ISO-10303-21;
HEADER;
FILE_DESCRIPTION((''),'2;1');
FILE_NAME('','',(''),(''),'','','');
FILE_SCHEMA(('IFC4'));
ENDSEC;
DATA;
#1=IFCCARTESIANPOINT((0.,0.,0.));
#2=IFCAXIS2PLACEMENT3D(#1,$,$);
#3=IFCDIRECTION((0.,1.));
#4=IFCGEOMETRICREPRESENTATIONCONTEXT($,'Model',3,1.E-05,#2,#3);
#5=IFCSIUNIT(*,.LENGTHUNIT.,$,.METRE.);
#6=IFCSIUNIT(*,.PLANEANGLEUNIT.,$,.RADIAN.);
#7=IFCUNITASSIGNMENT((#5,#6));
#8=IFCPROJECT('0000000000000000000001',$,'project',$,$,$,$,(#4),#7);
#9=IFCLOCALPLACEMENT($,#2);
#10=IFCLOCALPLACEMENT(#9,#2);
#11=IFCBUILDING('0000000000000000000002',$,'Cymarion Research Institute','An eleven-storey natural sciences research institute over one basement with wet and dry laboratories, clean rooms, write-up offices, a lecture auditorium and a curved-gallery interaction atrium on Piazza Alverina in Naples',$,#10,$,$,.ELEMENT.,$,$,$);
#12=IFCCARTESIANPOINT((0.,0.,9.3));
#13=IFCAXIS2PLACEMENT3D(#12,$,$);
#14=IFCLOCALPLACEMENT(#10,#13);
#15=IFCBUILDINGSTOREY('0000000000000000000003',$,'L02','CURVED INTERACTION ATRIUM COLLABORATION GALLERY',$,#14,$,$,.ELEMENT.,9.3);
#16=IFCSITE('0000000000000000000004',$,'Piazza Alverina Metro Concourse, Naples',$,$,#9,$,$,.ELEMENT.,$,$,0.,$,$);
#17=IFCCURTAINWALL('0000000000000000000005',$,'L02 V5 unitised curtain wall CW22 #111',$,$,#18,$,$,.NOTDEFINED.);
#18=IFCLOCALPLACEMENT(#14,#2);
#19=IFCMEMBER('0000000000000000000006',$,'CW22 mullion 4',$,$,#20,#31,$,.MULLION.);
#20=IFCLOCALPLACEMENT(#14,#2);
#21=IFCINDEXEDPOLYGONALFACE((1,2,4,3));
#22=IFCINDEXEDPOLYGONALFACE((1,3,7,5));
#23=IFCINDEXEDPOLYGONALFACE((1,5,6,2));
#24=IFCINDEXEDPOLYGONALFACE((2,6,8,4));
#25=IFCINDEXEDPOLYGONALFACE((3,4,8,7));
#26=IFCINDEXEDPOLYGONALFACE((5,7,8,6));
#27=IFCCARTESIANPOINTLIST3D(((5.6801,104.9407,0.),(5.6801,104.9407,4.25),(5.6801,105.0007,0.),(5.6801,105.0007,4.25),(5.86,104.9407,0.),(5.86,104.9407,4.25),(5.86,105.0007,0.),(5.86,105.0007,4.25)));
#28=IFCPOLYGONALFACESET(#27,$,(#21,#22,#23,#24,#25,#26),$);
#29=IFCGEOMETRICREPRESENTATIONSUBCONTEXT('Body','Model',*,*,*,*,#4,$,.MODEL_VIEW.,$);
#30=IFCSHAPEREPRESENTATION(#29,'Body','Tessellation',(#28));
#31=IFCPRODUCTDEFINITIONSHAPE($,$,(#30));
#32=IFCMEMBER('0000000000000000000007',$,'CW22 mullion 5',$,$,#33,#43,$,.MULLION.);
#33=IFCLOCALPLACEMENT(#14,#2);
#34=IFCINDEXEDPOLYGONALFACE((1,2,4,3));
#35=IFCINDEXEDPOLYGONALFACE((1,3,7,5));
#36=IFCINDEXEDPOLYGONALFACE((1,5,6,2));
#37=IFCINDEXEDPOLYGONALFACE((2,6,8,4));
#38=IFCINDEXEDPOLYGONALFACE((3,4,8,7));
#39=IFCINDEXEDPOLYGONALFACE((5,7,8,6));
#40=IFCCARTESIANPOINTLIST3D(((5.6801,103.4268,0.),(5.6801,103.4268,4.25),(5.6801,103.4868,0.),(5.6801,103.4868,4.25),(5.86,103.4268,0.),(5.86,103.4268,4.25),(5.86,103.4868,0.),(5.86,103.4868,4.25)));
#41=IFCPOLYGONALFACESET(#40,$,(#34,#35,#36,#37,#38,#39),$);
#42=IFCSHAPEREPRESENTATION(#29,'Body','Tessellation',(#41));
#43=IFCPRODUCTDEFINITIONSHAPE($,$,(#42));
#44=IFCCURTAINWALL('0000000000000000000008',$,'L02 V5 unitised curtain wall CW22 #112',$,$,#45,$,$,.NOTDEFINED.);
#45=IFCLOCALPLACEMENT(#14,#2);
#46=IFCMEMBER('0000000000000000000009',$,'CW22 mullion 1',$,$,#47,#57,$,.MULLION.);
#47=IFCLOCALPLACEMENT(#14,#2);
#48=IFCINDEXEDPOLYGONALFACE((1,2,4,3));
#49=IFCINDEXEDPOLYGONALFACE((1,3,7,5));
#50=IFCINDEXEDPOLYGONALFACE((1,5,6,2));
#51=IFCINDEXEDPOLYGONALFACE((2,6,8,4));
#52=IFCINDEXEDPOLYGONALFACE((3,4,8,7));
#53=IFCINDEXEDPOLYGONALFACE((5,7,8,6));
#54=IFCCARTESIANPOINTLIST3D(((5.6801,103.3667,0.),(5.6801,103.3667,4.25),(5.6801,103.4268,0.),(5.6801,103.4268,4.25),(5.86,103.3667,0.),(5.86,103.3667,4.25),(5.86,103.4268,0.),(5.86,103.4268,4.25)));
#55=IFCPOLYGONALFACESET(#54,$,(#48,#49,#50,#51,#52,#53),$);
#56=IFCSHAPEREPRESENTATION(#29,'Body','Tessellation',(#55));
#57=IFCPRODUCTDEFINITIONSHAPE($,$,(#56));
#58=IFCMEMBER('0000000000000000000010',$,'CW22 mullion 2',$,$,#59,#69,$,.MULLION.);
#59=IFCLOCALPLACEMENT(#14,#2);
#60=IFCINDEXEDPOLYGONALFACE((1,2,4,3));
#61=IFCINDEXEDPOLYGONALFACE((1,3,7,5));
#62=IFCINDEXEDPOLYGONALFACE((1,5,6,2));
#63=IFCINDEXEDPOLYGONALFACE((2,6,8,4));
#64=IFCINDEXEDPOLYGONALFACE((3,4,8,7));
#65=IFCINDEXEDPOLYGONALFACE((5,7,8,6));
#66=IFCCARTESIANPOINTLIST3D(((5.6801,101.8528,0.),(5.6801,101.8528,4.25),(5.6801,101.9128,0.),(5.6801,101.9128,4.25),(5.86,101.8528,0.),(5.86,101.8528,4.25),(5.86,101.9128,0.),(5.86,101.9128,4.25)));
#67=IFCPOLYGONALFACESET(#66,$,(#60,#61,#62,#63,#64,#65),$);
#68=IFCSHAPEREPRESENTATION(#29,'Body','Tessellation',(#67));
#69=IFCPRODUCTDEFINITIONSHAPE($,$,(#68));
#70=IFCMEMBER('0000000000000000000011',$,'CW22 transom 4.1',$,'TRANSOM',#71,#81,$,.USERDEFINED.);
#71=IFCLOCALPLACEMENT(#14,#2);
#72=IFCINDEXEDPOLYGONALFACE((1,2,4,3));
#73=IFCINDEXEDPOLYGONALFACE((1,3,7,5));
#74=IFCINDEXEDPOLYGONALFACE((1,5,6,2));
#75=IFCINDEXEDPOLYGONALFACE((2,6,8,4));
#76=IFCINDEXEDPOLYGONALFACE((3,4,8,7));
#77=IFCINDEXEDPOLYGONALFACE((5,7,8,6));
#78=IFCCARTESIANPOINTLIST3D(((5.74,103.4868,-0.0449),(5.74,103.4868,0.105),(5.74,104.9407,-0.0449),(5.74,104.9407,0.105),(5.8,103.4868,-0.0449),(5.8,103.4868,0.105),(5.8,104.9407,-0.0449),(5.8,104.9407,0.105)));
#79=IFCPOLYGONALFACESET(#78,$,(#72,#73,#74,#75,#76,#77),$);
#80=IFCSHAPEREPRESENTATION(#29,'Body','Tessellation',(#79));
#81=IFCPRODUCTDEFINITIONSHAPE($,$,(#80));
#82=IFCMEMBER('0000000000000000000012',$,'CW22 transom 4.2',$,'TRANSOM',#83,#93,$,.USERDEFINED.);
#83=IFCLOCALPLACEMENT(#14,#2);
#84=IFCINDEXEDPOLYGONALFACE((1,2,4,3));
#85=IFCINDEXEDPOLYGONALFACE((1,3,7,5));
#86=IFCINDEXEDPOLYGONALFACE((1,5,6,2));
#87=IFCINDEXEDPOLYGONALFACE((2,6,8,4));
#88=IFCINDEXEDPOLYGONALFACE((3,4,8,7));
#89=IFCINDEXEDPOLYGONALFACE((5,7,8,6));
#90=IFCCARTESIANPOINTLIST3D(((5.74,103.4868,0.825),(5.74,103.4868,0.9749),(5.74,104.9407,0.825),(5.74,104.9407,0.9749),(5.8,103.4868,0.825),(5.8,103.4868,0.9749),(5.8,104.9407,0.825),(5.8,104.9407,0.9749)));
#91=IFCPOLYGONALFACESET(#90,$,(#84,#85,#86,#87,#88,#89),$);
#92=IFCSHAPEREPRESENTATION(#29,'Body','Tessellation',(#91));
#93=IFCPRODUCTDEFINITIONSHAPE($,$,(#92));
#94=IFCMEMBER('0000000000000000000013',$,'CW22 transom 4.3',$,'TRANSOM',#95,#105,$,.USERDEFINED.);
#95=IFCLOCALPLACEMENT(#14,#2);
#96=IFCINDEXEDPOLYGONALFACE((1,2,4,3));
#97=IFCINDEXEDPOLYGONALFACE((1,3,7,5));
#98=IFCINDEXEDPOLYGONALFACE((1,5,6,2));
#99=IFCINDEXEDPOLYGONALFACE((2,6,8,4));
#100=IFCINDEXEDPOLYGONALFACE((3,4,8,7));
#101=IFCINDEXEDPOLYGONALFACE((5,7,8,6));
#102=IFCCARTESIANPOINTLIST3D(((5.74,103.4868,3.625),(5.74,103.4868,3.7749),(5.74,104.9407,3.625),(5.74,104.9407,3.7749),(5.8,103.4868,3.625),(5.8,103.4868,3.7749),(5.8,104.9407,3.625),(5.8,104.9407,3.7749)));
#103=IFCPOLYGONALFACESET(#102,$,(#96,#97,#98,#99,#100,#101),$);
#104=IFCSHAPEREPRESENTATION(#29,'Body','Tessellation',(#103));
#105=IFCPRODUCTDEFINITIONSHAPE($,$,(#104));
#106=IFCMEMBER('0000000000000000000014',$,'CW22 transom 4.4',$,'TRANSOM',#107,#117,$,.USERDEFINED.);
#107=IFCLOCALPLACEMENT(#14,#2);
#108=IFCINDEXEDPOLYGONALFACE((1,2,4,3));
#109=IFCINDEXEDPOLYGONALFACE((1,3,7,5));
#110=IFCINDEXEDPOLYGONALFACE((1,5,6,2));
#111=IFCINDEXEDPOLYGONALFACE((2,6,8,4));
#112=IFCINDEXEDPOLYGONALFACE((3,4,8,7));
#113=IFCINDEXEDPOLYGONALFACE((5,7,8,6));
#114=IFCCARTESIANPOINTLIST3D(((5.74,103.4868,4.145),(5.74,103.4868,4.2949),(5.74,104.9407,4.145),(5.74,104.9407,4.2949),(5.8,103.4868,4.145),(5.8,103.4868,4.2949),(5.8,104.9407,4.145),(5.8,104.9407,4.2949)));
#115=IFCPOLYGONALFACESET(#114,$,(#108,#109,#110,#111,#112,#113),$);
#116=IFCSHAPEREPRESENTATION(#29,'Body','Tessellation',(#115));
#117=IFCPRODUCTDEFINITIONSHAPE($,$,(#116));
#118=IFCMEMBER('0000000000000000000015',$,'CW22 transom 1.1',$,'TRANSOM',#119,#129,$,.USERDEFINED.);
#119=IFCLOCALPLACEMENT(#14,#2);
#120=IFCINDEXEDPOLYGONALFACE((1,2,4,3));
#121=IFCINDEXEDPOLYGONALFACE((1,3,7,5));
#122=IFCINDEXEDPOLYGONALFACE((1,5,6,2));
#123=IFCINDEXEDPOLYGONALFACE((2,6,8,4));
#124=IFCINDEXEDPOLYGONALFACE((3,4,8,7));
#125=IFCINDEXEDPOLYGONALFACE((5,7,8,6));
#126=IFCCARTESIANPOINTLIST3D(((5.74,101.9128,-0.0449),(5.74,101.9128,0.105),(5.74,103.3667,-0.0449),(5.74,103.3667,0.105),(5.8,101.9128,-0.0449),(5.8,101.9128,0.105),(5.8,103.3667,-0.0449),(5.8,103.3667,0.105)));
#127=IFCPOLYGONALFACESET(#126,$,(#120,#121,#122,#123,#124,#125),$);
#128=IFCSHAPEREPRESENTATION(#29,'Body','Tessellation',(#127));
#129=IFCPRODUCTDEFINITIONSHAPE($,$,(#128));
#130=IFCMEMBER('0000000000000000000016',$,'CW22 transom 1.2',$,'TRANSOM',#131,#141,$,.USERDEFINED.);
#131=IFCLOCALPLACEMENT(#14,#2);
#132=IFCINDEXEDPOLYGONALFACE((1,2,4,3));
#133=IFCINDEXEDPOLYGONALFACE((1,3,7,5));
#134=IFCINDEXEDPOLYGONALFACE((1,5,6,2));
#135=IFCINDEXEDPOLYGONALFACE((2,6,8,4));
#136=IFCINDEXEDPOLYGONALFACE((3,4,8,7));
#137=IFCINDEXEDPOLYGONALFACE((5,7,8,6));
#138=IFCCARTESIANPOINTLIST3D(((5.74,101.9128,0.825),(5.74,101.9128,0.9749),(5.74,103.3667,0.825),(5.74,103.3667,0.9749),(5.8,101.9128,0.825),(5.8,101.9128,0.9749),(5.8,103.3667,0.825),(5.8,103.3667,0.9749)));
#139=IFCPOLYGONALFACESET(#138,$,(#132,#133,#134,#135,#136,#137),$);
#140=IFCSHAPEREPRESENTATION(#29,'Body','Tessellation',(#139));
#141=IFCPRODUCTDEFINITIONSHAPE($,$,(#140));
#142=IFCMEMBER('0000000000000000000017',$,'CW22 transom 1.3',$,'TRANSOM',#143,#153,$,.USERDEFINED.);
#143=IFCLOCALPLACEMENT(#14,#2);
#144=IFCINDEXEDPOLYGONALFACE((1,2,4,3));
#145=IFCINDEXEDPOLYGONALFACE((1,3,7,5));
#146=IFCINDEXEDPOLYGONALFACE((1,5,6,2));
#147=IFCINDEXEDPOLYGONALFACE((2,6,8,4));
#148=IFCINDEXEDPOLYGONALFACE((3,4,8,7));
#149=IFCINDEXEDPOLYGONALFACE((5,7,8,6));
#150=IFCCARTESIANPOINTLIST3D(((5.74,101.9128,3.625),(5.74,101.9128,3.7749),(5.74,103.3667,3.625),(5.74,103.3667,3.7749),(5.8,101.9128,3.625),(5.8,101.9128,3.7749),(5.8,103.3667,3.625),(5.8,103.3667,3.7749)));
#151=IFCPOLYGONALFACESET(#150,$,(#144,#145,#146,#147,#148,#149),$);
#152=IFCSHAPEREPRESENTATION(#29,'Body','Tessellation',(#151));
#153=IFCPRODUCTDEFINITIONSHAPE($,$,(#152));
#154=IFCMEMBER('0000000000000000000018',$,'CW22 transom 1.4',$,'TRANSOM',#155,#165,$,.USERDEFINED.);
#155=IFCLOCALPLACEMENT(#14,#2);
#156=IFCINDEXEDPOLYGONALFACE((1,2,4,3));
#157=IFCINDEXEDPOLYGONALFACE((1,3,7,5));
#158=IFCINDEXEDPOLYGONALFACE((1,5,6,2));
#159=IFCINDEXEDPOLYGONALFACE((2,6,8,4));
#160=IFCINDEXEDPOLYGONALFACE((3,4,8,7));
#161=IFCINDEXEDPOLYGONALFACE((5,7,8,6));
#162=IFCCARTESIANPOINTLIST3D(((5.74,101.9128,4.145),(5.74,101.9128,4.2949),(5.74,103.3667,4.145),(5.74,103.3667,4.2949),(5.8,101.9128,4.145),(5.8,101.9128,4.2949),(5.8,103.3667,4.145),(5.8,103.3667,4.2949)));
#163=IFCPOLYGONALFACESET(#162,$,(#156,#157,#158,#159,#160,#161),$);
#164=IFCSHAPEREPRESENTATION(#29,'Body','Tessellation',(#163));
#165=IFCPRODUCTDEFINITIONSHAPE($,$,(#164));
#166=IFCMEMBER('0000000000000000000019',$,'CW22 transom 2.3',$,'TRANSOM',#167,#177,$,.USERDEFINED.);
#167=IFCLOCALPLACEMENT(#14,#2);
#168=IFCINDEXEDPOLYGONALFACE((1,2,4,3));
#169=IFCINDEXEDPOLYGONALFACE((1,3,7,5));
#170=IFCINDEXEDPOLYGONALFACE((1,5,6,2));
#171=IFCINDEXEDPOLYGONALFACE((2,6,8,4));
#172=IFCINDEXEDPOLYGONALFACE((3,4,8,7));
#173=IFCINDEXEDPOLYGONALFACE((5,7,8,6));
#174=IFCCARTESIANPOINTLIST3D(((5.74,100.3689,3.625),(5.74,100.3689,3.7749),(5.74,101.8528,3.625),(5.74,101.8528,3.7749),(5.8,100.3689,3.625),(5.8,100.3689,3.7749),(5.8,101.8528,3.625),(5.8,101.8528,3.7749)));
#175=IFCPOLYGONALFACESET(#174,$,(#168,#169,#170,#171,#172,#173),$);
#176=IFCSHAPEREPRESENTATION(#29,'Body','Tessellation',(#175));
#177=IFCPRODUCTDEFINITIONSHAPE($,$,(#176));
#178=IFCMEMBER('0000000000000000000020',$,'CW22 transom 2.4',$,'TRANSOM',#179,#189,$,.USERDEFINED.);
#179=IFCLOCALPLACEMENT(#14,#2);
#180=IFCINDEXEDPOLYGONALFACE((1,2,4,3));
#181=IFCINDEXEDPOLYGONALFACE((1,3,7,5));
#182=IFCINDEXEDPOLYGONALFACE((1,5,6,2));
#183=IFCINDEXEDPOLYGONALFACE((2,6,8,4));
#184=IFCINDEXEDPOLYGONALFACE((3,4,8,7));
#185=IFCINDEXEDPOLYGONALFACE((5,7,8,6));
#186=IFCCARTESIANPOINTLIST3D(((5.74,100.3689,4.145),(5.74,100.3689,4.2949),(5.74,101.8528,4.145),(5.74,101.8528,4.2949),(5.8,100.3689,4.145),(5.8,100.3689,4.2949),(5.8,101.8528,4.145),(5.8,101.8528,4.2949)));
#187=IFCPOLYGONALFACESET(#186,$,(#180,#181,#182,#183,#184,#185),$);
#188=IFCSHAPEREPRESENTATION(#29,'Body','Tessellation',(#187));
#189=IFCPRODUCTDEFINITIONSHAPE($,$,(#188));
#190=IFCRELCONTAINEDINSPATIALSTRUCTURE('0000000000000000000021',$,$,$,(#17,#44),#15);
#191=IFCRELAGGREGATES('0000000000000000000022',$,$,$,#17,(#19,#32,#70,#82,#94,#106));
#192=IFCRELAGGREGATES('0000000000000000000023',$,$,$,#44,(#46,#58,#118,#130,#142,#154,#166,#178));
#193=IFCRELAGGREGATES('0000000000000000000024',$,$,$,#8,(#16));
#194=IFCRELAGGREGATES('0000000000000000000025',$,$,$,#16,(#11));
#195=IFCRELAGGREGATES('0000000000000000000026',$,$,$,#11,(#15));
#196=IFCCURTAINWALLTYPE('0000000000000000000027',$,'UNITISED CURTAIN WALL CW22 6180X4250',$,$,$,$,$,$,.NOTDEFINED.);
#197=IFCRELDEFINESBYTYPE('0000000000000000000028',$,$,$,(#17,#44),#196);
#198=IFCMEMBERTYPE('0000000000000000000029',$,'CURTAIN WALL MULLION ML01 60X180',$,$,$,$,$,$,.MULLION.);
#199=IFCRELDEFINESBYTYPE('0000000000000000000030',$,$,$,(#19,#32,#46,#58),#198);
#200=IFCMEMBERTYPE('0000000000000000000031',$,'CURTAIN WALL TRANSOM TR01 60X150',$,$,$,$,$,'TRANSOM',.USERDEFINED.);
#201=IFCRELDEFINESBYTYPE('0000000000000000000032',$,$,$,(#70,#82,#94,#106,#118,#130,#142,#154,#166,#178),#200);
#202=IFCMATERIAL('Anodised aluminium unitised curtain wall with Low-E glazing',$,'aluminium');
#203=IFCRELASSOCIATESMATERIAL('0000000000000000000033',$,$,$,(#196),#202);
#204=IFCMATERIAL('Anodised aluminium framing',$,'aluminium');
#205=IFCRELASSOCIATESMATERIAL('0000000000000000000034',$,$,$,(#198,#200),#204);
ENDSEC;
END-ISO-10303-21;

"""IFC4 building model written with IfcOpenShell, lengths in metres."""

from ifc_helpers import new_model, si_unit, direction, frame, origin, origin_2d, place, context, subcontext, project, spatial, rectangle, extrude, material, material_profile, profile_set, type_object, element, aggregate, save


model = new_model("IFC4")

# Units and contexts
model_context = context("Model", 3, precision=1e-05, world=origin(), true_north=direction((0.0, 1.0)))
body_context = subcontext(model_context, "Body", "Model", "MODEL_VIEW")
ifc_project = project(units=[si_unit("LENGTHUNIT", "METRE"), si_unit("PLANEANGLEUNIT", "RADIAN")], contexts=[model_context])

# Site, building, storey
site_placement = place(None, origin())
site = spatial("IfcSite", under=ifc_project, at=site_placement, Name="Piazza Alverina Metro Concourse, Naples", CompositionType="ELEMENT", RefElevation=0.0)
building_placement = place(site_placement, origin())
building = spatial("IfcBuilding", under=site, at=building_placement, Name="Cymarion Research Institute", Description="An eleven-storey natural sciences research institute over one basement with wet and dry laboratories, clean rooms, write-up offices, a lecture auditorium and a curved-gallery interaction atrium on Piazza Alverina in Naples", CompositionType="ELEMENT")
storey_placement = place(building_placement, frame((0.0, 0.0, 9.3)))
storey = spatial("IfcBuildingStorey", under=building, at=storey_placement, Name="L02", Description="CURVED INTERACTION ATRIUM COLLABORATION GALLERY", CompositionType="ELEMENT", Elevation=9.3)

# Curtain walls, members
ifc_material_1 = material(Name="Anodised aluminium unitised curtain wall with Low-E glazing", Category="aluminium")
curtain_wall_type = type_object("IfcCurtainWallType", Name="UNITISED CURTAIN WALL CW22 6180X4250", PredefinedType="NOTDEFINED", material=ifc_material_1)
curtain_wall_1_placement = place(storey_placement, origin())
curtain_wall_1 = element("IfcCurtainWall", 1, at=curtain_wall_1_placement, inside=storey, type_object=curtain_wall_type, Name="L02 V5 unitised curtain wall CW22 #111", PredefinedType="NOTDEFINED")
ifc_material_2 = material(Name="Anodised aluminium framing", Category="aluminium")
ifc_material_profile_1 = material_profile(ifc_material_2, rectangle(XDim=0.0601, YDim=0.1799, at=origin_2d()), Name="ALU MULLION 60x180")
ifc_profile_set_1 = profile_set([ifc_material_profile_1], Name="Anodised aluminium framing")
member_type_1 = type_object("IfcMemberType", Name="CURTAIN WALL MULLION ML01 60X180", PredefinedType="MULLION", material=ifc_profile_set_1)
member_1_placement = place(storey_placement, frame((5.77, 104.9707, 0.0), z_axis=(0.0, 0.0, 1.0), x_axis=(0.0, -1.0, 0.0)))
member_1 = element("IfcMember", 2, at=member_1_placement, type_object=member_type_1, Name="CW22 mullion 4", PredefinedType="MULLION", context=body_context, shape_type="SweptSolid", body=[
    extrude(rectangle(XDim=0.0601, YDim=0.1799, at=origin_2d()), origin(), (0.0, 0.0, 1.0), 4.25),
])
member_2_placement = place(storey_placement, frame((5.77, 103.4568, 0.0), z_axis=(0.0, 0.0, 1.0), x_axis=(0.0, -1.0, 0.0)))
member_2 = element("IfcMember", 3, at=member_2_placement, type_object=member_type_1, Name="CW22 mullion 5", PredefinedType="MULLION", context=body_context, shape_type="SweptSolid", body=[
    extrude(rectangle(XDim=0.0601, YDim=0.1799, at=origin_2d()), origin(), (0.0, 0.0, 1.0), 4.25),
])
curtain_wall_2_placement = place(storey_placement, origin())
curtain_wall_2 = element("IfcCurtainWall", 4, at=curtain_wall_2_placement, inside=storey, type_object=curtain_wall_type, Name="L02 V5 unitised curtain wall CW22 #112", PredefinedType="NOTDEFINED")
member_3_placement = place(storey_placement, frame((5.77, 103.3967, 0.0), z_axis=(0.0, 0.0, 1.0), x_axis=(0.0, -1.0, 0.0)))
member_3 = element("IfcMember", 5, at=member_3_placement, type_object=member_type_1, Name="CW22 mullion 1", PredefinedType="MULLION", context=body_context, shape_type="SweptSolid", body=[
    extrude(rectangle(XDim=0.0601, YDim=0.1799, at=origin_2d()), origin(), (0.0, 0.0, 1.0), 4.25),
])
member_4_placement = place(storey_placement, frame((5.77, 101.8828, 0.0), z_axis=(0.0, 0.0, 1.0), x_axis=(0.0, -1.0, 0.0)))
member_4 = element("IfcMember", 6, at=member_4_placement, type_object=member_type_1, Name="CW22 mullion 2", PredefinedType="MULLION", context=body_context, shape_type="SweptSolid", body=[
    extrude(rectangle(XDim=0.0601, YDim=0.1799, at=origin_2d()), origin(), (0.0, 0.0, 1.0), 4.25),
])

# Members
ifc_material_profile_2 = material_profile(ifc_material_2, rectangle(XDim=0.0601, YDim=0.1499, at=origin_2d()), Name="ALU TRANSOM 60x150")
ifc_profile_set_2 = profile_set([ifc_material_profile_2], Name="Anodised aluminium framing")
member_type_2 = type_object("IfcMemberType", Name="CURTAIN WALL TRANSOM TR01 60X150", ElementType="TRANSOM", PredefinedType="USERDEFINED", material=ifc_profile_set_2)
member_5_placement = place(storey_placement, frame((5.77, 104.9407, 0.03), z_axis=(0.0, -1.0, 0.0), x_axis=(1.0, 0.0, 0.0)))
member_5 = element("IfcMember", 7, at=member_5_placement, type_object=member_type_2, Name="CW22 transom 4.1", ObjectType="TRANSOM", PredefinedType="USERDEFINED", context=body_context, shape_type="SweptSolid", body=[
    extrude(rectangle(XDim=0.0601, YDim=0.1499, at=origin_2d()), origin(), (0.0, 0.0, 1.0), 1.4539),
])
member_6_placement = place(storey_placement, frame((5.77, 104.9407, 0.8999), z_axis=(0.0, -1.0, 0.0), x_axis=(1.0, 0.0, 0.0)))
member_6 = element("IfcMember", 8, at=member_6_placement, type_object=member_type_2, Name="CW22 transom 4.2", ObjectType="TRANSOM", PredefinedType="USERDEFINED", context=body_context, shape_type="SweptSolid", body=[
    extrude(rectangle(XDim=0.0601, YDim=0.1499, at=origin_2d()), origin(), (0.0, 0.0, 1.0), 1.4539),
])
member_7_placement = place(storey_placement, frame((5.77, 104.9407, 3.7), z_axis=(0.0, -1.0, 0.0), x_axis=(1.0, 0.0, 0.0)))
member_7 = element("IfcMember", 9, at=member_7_placement, type_object=member_type_2, Name="CW22 transom 4.3", ObjectType="TRANSOM", PredefinedType="USERDEFINED", context=body_context, shape_type="SweptSolid", body=[
    extrude(rectangle(XDim=0.0601, YDim=0.1499, at=origin_2d()), origin(), (0.0, 0.0, 1.0), 1.4539),
])
member_8_placement = place(storey_placement, frame((5.77, 104.9407, 4.22), z_axis=(0.0, -1.0, 0.0), x_axis=(1.0, 0.0, 0.0)))
member_8 = element("IfcMember", 10, at=member_8_placement, type_object=member_type_2, Name="CW22 transom 4.4", ObjectType="TRANSOM", PredefinedType="USERDEFINED", context=body_context, shape_type="SweptSolid", body=[
    extrude(rectangle(XDim=0.0601, YDim=0.1499, at=origin_2d()), origin(), (0.0, 0.0, 1.0), 1.4539),
])
member_9_placement = place(storey_placement, frame((5.77, 103.3667, 0.03), z_axis=(0.0, -1.0, 0.0), x_axis=(1.0, 0.0, 0.0)))
member_9 = element("IfcMember", 11, at=member_9_placement, type_object=member_type_2, Name="CW22 transom 1.1", ObjectType="TRANSOM", PredefinedType="USERDEFINED", context=body_context, shape_type="SweptSolid", body=[
    extrude(rectangle(XDim=0.0601, YDim=0.1499, at=origin_2d()), origin(), (0.0, 0.0, 1.0), 1.4539),
])
member_10_placement = place(storey_placement, frame((5.77, 103.3667, 0.8999), z_axis=(0.0, -1.0, 0.0), x_axis=(1.0, 0.0, 0.0)))
member_10 = element("IfcMember", 12, at=member_10_placement, type_object=member_type_2, Name="CW22 transom 1.2", ObjectType="TRANSOM", PredefinedType="USERDEFINED", context=body_context, shape_type="SweptSolid", body=[
    extrude(rectangle(XDim=0.0601, YDim=0.1499, at=origin_2d()), origin(), (0.0, 0.0, 1.0), 1.4539),
])
member_11_placement = place(storey_placement, frame((5.77, 103.3667, 3.7), z_axis=(0.0, -1.0, 0.0), x_axis=(1.0, 0.0, 0.0)))
member_11 = element("IfcMember", 13, at=member_11_placement, type_object=member_type_2, Name="CW22 transom 1.3", ObjectType="TRANSOM", PredefinedType="USERDEFINED", context=body_context, shape_type="SweptSolid", body=[
    extrude(rectangle(XDim=0.0601, YDim=0.1499, at=origin_2d()), origin(), (0.0, 0.0, 1.0), 1.4539),
])
member_12_placement = place(storey_placement, frame((5.77, 103.3667, 4.22), z_axis=(0.0, -1.0, 0.0), x_axis=(1.0, 0.0, 0.0)))
member_12 = element("IfcMember", 14, at=member_12_placement, type_object=member_type_2, Name="CW22 transom 1.4", ObjectType="TRANSOM", PredefinedType="USERDEFINED", context=body_context, shape_type="SweptSolid", body=[
    extrude(rectangle(XDim=0.0601, YDim=0.1499, at=origin_2d()), origin(), (0.0, 0.0, 1.0), 1.4539),
])
member_13_placement = place(storey_placement, frame((5.77, 101.8528, 3.7), z_axis=(0.0, -1.0, 0.0), x_axis=(1.0, 0.0, 0.0)))
member_13 = element("IfcMember", 15, at=member_13_placement, type_object=member_type_2, Name="CW22 transom 2.3", ObjectType="TRANSOM", PredefinedType="USERDEFINED", context=body_context, shape_type="SweptSolid", body=[
    extrude(rectangle(XDim=0.0601, YDim=0.1499, at=origin_2d()), origin(), (0.0, 0.0, 1.0), 1.4839),
])
member_14_placement = place(storey_placement, frame((5.77, 101.8528, 4.22), z_axis=(0.0, -1.0, 0.0), x_axis=(1.0, 0.0, 0.0)))
member_14 = element("IfcMember", 16, at=member_14_placement, type_object=member_type_2, Name="CW22 transom 2.4", ObjectType="TRANSOM", PredefinedType="USERDEFINED", context=body_context, shape_type="SweptSolid", body=[
    extrude(rectangle(XDim=0.0601, YDim=0.1499, at=origin_2d()), origin(), (0.0, 0.0, 1.0), 1.4839),
])

aggregate(curtain_wall_1, [member_1, member_2, member_5, member_6, member_7, member_8])
aggregate(curtain_wall_2, [member_3, member_4, member_9, member_10, member_11, member_12, member_13, member_14])

save(model, "model.ifc")
